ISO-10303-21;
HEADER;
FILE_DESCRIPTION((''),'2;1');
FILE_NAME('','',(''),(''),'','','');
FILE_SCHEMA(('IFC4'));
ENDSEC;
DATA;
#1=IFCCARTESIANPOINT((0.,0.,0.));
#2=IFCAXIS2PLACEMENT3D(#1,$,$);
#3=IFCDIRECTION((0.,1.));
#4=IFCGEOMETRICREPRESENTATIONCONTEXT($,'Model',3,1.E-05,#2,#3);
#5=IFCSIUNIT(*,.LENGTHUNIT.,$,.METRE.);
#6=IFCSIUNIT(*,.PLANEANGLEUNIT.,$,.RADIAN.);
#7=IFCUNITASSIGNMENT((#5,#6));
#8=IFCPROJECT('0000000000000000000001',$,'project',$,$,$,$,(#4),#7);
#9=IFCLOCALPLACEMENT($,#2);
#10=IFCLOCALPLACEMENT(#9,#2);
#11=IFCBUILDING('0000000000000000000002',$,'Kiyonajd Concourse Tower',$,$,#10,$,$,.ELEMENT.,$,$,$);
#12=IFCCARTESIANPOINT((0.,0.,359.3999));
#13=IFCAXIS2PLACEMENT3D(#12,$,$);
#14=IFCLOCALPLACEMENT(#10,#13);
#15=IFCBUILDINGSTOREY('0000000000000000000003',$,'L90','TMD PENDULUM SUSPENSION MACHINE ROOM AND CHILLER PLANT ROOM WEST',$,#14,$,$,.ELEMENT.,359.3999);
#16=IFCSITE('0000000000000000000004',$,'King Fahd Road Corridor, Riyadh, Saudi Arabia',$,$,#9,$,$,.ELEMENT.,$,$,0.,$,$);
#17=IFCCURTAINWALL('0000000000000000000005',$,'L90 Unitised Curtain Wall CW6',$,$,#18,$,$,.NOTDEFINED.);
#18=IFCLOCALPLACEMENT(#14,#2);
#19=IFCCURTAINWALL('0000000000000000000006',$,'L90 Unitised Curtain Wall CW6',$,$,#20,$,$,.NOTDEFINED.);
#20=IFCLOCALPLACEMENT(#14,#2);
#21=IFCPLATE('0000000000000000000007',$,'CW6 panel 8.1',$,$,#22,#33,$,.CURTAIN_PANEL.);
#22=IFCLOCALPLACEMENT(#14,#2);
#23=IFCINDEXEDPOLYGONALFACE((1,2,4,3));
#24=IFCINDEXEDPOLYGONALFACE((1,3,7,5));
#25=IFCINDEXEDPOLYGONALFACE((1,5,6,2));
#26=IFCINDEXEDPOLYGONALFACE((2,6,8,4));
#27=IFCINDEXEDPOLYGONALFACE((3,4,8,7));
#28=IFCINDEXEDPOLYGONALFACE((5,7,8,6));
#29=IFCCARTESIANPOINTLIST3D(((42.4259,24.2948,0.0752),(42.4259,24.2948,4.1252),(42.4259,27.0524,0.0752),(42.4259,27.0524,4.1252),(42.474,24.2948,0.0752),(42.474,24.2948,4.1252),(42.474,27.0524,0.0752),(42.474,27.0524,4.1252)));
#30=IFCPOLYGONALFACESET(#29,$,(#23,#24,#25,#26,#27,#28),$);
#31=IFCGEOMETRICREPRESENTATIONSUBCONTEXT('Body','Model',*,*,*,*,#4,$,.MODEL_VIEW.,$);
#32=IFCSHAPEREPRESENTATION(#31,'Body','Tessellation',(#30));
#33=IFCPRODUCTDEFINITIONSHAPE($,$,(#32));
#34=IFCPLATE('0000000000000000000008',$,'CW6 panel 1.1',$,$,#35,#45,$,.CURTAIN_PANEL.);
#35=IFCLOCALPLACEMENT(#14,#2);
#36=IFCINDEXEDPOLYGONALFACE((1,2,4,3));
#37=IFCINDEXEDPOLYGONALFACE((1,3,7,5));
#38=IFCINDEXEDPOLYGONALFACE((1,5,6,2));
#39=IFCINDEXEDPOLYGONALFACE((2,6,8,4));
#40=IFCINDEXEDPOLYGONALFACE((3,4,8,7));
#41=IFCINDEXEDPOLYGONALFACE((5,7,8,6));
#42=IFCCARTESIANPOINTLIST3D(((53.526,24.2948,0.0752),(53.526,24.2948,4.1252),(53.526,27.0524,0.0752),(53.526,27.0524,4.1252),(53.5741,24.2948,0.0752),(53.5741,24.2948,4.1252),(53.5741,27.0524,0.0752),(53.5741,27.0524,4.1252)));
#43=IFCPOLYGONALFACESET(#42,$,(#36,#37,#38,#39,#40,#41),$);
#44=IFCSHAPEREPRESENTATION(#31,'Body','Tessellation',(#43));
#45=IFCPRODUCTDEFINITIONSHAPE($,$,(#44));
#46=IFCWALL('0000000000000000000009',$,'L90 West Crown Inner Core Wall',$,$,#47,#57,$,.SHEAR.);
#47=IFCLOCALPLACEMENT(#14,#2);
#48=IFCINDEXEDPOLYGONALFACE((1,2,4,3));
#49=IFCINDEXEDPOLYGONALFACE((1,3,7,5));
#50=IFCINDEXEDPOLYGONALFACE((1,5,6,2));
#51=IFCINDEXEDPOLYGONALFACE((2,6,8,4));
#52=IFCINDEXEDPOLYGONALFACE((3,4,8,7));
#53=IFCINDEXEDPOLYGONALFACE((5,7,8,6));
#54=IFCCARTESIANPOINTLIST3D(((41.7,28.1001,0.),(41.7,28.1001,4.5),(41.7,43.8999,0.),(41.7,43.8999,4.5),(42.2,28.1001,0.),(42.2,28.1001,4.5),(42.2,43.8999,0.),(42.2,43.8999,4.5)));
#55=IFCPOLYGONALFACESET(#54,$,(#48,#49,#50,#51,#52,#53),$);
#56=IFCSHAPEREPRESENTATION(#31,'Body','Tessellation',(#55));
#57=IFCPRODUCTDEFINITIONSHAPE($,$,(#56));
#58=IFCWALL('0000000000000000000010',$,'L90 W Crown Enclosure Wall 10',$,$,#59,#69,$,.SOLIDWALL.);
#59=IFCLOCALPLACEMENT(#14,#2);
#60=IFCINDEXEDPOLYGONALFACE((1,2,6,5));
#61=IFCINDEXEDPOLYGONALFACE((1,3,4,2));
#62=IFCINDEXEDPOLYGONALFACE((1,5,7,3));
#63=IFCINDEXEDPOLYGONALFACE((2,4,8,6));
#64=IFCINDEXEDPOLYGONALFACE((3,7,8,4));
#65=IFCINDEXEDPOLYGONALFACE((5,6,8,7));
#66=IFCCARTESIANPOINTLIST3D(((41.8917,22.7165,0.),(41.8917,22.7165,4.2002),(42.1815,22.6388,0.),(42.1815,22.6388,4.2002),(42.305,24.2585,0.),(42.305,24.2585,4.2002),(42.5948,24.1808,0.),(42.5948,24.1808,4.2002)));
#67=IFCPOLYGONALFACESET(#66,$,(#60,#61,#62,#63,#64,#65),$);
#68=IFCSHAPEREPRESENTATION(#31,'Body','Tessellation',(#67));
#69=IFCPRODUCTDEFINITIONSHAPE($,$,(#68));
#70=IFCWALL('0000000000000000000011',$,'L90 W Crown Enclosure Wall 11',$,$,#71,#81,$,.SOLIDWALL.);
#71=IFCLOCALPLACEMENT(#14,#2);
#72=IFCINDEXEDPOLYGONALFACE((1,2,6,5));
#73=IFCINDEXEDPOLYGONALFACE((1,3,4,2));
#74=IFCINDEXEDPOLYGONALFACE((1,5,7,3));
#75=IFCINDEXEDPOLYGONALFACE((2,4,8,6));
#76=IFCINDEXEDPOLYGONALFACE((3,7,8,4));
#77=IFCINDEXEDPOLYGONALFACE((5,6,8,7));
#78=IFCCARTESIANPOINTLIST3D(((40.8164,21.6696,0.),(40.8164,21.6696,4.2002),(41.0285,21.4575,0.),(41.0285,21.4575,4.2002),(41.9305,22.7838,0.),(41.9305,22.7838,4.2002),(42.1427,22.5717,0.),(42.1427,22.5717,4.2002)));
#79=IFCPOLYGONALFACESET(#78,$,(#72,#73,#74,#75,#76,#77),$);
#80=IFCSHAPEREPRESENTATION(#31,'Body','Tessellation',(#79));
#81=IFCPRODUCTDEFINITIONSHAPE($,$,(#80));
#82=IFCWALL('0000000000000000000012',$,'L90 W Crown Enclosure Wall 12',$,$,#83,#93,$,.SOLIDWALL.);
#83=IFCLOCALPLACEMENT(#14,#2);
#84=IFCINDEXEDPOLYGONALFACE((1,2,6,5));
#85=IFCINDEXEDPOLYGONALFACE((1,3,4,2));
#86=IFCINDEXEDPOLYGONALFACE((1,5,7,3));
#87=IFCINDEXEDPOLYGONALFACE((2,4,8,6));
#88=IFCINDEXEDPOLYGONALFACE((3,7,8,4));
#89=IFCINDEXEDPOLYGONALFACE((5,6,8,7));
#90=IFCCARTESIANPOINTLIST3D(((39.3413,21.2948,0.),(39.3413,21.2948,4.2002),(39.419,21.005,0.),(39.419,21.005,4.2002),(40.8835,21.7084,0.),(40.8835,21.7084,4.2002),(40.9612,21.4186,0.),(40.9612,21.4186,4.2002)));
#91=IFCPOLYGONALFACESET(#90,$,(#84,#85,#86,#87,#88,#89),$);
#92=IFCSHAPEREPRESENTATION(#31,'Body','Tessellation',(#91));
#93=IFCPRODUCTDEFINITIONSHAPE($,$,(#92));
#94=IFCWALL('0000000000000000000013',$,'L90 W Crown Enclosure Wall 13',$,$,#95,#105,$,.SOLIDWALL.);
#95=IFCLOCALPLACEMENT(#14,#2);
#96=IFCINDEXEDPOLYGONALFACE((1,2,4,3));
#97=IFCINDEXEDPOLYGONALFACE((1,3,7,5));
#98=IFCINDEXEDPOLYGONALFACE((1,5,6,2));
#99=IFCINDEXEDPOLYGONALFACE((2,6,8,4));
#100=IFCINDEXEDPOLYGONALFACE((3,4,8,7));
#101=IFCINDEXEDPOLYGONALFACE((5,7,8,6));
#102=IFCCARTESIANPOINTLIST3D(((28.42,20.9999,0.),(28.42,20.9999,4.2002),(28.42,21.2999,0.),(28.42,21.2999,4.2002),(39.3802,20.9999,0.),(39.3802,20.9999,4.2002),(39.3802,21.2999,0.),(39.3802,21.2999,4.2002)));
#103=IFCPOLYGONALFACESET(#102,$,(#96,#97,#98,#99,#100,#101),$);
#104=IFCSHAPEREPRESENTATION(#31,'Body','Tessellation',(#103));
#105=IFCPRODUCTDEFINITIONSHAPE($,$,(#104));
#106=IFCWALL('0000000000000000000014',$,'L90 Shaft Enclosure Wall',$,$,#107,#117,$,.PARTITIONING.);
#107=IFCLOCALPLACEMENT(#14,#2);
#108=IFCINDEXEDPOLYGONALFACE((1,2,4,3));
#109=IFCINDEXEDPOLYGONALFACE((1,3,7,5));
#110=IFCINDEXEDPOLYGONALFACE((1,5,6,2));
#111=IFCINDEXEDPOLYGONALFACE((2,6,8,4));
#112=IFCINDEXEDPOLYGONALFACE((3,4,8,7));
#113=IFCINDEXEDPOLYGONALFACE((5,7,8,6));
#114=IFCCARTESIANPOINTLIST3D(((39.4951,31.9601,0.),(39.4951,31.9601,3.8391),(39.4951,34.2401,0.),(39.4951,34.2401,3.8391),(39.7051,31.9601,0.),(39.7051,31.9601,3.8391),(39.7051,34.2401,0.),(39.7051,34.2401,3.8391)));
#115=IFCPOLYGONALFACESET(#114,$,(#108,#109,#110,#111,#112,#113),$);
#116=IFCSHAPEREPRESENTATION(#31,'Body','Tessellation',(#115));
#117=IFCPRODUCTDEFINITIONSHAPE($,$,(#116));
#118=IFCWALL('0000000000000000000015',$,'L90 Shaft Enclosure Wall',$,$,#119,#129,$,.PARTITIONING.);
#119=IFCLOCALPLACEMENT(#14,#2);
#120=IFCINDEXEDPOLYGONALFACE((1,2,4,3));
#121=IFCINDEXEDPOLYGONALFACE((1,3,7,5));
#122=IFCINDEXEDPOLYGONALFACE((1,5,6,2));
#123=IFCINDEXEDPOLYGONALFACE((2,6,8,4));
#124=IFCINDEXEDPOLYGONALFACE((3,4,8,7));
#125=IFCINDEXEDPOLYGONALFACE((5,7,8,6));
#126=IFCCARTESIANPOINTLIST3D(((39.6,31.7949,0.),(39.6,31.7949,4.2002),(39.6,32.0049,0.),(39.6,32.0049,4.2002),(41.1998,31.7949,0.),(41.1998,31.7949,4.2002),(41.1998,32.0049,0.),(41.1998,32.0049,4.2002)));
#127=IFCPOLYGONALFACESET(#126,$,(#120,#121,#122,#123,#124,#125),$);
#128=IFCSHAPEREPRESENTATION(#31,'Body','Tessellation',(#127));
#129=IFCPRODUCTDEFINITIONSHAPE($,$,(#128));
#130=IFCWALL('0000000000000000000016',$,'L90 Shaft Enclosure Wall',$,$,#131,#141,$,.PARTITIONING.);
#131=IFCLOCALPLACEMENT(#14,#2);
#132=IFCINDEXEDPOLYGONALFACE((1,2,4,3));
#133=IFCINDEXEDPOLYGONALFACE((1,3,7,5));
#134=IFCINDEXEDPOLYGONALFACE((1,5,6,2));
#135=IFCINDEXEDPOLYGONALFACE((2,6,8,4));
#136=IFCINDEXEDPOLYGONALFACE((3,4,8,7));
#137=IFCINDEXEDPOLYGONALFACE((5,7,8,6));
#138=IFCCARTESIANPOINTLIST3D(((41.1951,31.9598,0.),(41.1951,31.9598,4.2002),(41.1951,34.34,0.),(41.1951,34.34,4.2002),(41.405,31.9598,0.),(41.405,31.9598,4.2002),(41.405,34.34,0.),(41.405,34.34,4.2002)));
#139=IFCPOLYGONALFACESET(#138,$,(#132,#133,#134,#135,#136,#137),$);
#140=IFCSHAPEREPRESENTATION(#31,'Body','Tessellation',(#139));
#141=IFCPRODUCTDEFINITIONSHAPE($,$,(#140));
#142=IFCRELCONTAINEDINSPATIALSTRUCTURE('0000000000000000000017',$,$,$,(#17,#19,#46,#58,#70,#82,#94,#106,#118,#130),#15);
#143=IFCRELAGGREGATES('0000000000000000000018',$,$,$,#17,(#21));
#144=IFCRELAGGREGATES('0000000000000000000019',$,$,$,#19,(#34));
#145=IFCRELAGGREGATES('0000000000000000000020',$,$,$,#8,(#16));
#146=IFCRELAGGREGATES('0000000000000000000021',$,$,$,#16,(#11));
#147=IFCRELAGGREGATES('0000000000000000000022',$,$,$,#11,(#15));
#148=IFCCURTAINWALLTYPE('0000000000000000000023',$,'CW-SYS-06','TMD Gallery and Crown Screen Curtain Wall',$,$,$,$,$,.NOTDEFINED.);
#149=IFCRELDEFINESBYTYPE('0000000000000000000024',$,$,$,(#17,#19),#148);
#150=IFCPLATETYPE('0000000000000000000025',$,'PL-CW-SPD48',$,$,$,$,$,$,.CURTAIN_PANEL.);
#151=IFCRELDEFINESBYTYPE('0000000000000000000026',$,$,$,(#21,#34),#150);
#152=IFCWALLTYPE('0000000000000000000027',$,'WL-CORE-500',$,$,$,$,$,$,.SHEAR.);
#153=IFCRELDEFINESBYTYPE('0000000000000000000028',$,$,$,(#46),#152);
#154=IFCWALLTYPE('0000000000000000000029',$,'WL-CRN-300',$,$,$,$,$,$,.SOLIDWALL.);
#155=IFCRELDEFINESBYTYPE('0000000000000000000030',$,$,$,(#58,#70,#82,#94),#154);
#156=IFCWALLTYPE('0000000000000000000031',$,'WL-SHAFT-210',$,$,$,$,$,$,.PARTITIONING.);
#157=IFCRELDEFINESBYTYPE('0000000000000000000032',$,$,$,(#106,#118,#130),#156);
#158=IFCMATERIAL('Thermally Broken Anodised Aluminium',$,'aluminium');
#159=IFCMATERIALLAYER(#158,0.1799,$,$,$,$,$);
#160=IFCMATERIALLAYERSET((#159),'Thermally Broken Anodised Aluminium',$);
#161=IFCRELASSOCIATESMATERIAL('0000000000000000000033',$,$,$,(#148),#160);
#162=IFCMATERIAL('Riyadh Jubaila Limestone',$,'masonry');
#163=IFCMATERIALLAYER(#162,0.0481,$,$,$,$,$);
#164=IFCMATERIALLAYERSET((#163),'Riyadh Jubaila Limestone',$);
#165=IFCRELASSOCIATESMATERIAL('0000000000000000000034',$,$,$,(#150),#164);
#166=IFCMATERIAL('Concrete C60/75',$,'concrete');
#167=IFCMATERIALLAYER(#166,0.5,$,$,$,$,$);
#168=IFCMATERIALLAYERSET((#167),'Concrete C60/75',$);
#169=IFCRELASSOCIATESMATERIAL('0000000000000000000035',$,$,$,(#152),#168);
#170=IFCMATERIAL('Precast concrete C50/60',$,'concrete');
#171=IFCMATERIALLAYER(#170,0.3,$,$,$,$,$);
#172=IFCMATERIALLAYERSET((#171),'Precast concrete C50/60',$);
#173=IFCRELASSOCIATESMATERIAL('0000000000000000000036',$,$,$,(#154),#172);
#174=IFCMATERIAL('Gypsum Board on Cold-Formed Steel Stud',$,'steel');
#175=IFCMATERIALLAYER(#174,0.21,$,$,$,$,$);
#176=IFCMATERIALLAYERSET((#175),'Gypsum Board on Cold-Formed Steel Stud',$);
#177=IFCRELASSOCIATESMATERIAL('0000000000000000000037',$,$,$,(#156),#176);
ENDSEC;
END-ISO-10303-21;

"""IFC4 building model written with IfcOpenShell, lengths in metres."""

from ifc_helpers import new_model, si_unit, direction, frame, frame_2d, origin, origin_2d, place, context, subcontext, project, spatial, rectangle, extrude, material, layer, layer_set, type_object, element, aggregate, save


model = new_model("IFC4")

# Units and contexts
model_context = context("Model", 3, precision=1e-05, world=origin(), true_north=direction((0.0, 1.0)))
body_context = subcontext(model_context, "Body", "Model", "MODEL_VIEW")
ifc_project = project(units=[si_unit("LENGTHUNIT", "METRE"), si_unit("PLANEANGLEUNIT", "RADIAN")], contexts=[model_context])

# Site, building, storey
site_placement = place(None, origin())
site = spatial("IfcSite", under=ifc_project, at=site_placement, Name="King Fahd Road Corridor, Riyadh, Saudi Arabia", CompositionType="ELEMENT", RefElevation=0.0)
building_placement = place(site_placement, origin())
building = spatial("IfcBuilding", under=site, at=building_placement, Name="Kiyonajd Concourse Tower", CompositionType="ELEMENT")
storey_placement = place(building_placement, frame((0.0, 0.0, 359.3999)))
storey = spatial("IfcBuildingStorey", under=building, at=storey_placement, Name="L90", Description="TMD PENDULUM SUSPENSION MACHINE ROOM AND CHILLER PLANT ROOM WEST", CompositionType="ELEMENT", Elevation=359.3999)

# Curtain walls
ifc_material_1 = material(Name="Thermally Broken Anodised Aluminium", Category="aluminium")
ifc_layer_1 = layer(ifc_material_1, 0.1799)
ifc_layer_set_1 = layer_set([ifc_layer_1], Name="Thermally Broken Anodised Aluminium")
curtain_wall_type = type_object("IfcCurtainWallType", Name="CW-SYS-06", Description="TMD Gallery and Crown Screen Curtain Wall", PredefinedType="NOTDEFINED", material=ifc_layer_set_1)
curtain_wall_1_placement = place(storey_placement, origin())
curtain_wall_1 = element("IfcCurtainWall", 1, at=curtain_wall_1_placement, inside=storey, type_object=curtain_wall_type, Name="L90 Unitised Curtain Wall CW6", PredefinedType="NOTDEFINED")
curtain_wall_2_placement = place(storey_placement, origin())
curtain_wall_2 = element("IfcCurtainWall", 2, at=curtain_wall_2_placement, inside=storey, type_object=curtain_wall_type, Name="L90 Unitised Curtain Wall CW6", PredefinedType="NOTDEFINED")

# Plates
ifc_material_2 = material(Name="Riyadh Jubaila Limestone", Category="masonry")
ifc_layer_2 = layer(ifc_material_2, 0.0481)
ifc_layer_set_2 = layer_set([ifc_layer_2], Name="Riyadh Jubaila Limestone")
plate_type = type_object("IfcPlateType", Name="PL-CW-SPD48", PredefinedType="CURTAIN_PANEL", material=ifc_layer_set_2)
plate_1_placement = place(storey_placement, frame((42.45, 25.6736, 0.0752), z_axis=(0.0, 0.0, 1.0), x_axis=(0.0, -1.0, 0.0)))
plate_1 = element("IfcPlate", 3, at=plate_1_placement, type_object=plate_type, Name="CW6 panel 8.1", PredefinedType="CURTAIN_PANEL", context=body_context, shape_type="SweptSolid", body=[
    extrude(rectangle(XDim=2.7576, YDim=0.0481, at=origin_2d()), origin(), (0.0, 0.0, 1.0), 4.05),
])
aggregate(curtain_wall_1, [plate_1])
plate_2_placement = place(storey_placement, frame((53.55, 25.6736, 0.0752), z_axis=(0.0, 0.0, 1.0), x_axis=(0.0, 1.0, 0.0)))
plate_2 = element("IfcPlate", 4, at=plate_2_placement, type_object=plate_type, Name="CW6 panel 1.1", PredefinedType="CURTAIN_PANEL", context=body_context, shape_type="SweptSolid", body=[
    extrude(rectangle(XDim=2.7576, YDim=0.0481, at=origin_2d()), origin(), (0.0, 0.0, 1.0), 4.05),
])
aggregate(curtain_wall_2, [plate_2])

# Walls
ifc_material_3 = material(Name="Concrete C60/75", Category="concrete")
ifc_layer_3 = layer(ifc_material_3, 0.5)
ifc_layer_set_3 = layer_set([ifc_layer_3], Name="Concrete C60/75")
wall_type_1 = type_object("IfcWallType", Name="WL-CORE-500", PredefinedType="SHEAR", material=ifc_layer_set_3)
wall_1_placement = place(storey_placement, frame((41.95, 28.1001, 0.0), z_axis=(0.0, 0.0, 1.0), x_axis=(0.0, 1.0, 0.0)))
element("IfcWall", 5, at=wall_1_placement, inside=storey, type_object=wall_type_1, Name="L90 West Crown Inner Core Wall", PredefinedType="SHEAR", context=body_context, shape_type="SweptSolid", body=[
    extrude(rectangle(XDim=15.7998, YDim=0.5, at=frame_2d((7.8999, 0.0))), origin(), (0.0, 0.0, 1.0), 4.5),
])
ifc_material_4 = material(Name="Precast concrete C50/60", Category="concrete")
ifc_layer_4 = layer(ifc_material_4, 0.3)
ifc_layer_set_4 = layer_set([ifc_layer_4], Name="Precast concrete C50/60")
wall_type_2 = type_object("IfcWallType", Name="WL-CRN-300", PredefinedType="SOLIDWALL", material=ifc_layer_set_4)
wall_2_placement = place(storey_placement, frame((42.45, 24.2197, 0.0), z_axis=(0.0, 0.0, 1.0), x_axis=(-0.258909, -0.965902, 0.0)))
element("IfcWall", 6, at=wall_2_placement, inside=storey, type_object=wall_type_2, Name="L90 W Crown Enclosure Wall 10", PredefinedType="SOLIDWALL", context=body_context, shape_type="SweptSolid", body=[
    extrude(rectangle(XDim=1.5964, YDim=0.3, at=frame_2d((0.7983, 0.0))), origin(), (0.0, 0.0, 1.0), 4.2002),
])
wall_3_placement = place(storey_placement, frame((42.0366, 22.6777, 0.0), z_axis=(0.0, 0.0, 1.0), x_axis=(-0.707107, -0.707107, 0.0)))
element("IfcWall", 7, at=wall_3_placement, inside=storey, type_object=wall_type_2, Name="L90 W Crown Enclosure Wall 11", PredefinedType="SOLIDWALL", context=body_context, shape_type="SweptSolid", body=[
    extrude(rectangle(XDim=1.5757, YDim=0.3, at=frame_2d((0.7878, 0.0))), origin(), (0.0, 0.0, 1.0), 4.2002),
])
wall_4_placement = place(storey_placement, frame((40.9224, 21.5635, 0.0), z_axis=(0.0, 0.0, 1.0), x_axis=(-0.965874, -0.259014, 0.0)))
element("IfcWall", 8, at=wall_4_placement, inside=storey, type_object=wall_type_2, Name="L90 W Crown Enclosure Wall 12", PredefinedType="SOLIDWALL", context=body_context, shape_type="SweptSolid", body=[
    extrude(rectangle(XDim=1.5967, YDim=0.3, at=frame_2d((0.7983, 0.0))), origin(), (0.0, 0.0, 1.0), 4.2002),
])
wall_5_placement = place(storey_placement, frame((39.3801, 21.1499, 0.0), z_axis=(0.0, 0.0, 1.0), x_axis=(-1.0, 0.0, 0.0)))
element("IfcWall", 9, at=wall_5_placement, inside=storey, type_object=wall_type_2, Name="L90 W Crown Enclosure Wall 13", PredefinedType="SOLIDWALL", context=body_context, shape_type="SweptSolid", body=[
    extrude(rectangle(XDim=10.9602, YDim=0.3, at=frame_2d((5.48, 0.0))), origin(), (0.0, 0.0, 1.0), 4.2002),
])
ifc_material_5 = material(Name="Gypsum Board on Cold-Formed Steel Stud", Category="steel")
ifc_layer_5 = layer(ifc_material_5, 0.21)
ifc_layer_set_5 = layer_set([ifc_layer_5], Name="Gypsum Board on Cold-Formed Steel Stud")
wall_type_3 = type_object("IfcWallType", Name="WL-SHAFT-210", PredefinedType="PARTITIONING", material=ifc_layer_set_5)
wall_6_placement = place(storey_placement, frame((39.6001, 31.96, 0.0), z_axis=(0.0, 0.0, 1.0), x_axis=(0.0, 1.0, 0.0)))
element("IfcWall", 10, at=wall_6_placement, inside=storey, type_object=wall_type_3, Name="L90 Shaft Enclosure Wall", PredefinedType="PARTITIONING", context=body_context, shape_type="SweptSolid", body=[
    extrude(rectangle(XDim=2.28, YDim=0.21, at=frame_2d((1.1401, 0.0))), origin(), (0.0, 0.0, 1.0), 3.8391),
])
wall_7_placement = place(storey_placement, frame((39.6001, 31.8999, 0.0), z_axis=(0.0, 0.0, 1.0), x_axis=(1.0, 0.0, 0.0)))
element("IfcWall", 11, at=wall_7_placement, inside=storey, type_object=wall_type_3, Name="L90 Shaft Enclosure Wall", PredefinedType="PARTITIONING", context=body_context, shape_type="SweptSolid", body=[
    extrude(rectangle(XDim=1.5999, YDim=0.21, at=frame_2d((0.7998, 0.0))), origin(), (0.0, 0.0, 1.0), 4.2002),
])
wall_8_placement = place(storey_placement, frame((41.3, 31.96, 0.0), z_axis=(0.0, 0.0, 1.0), x_axis=(0.0, 1.0, 0.0)))
element("IfcWall", 12, at=wall_8_placement, inside=storey, type_object=wall_type_3, Name="L90 Shaft Enclosure Wall", PredefinedType="PARTITIONING", context=body_context, shape_type="SweptSolid", body=[
    extrude(rectangle(XDim=2.3801, YDim=0.21, at=frame_2d((1.1899, 0.0))), origin(), (0.0, 0.0, 1.0), 4.2002),
])

save(model, "model.ifc")
